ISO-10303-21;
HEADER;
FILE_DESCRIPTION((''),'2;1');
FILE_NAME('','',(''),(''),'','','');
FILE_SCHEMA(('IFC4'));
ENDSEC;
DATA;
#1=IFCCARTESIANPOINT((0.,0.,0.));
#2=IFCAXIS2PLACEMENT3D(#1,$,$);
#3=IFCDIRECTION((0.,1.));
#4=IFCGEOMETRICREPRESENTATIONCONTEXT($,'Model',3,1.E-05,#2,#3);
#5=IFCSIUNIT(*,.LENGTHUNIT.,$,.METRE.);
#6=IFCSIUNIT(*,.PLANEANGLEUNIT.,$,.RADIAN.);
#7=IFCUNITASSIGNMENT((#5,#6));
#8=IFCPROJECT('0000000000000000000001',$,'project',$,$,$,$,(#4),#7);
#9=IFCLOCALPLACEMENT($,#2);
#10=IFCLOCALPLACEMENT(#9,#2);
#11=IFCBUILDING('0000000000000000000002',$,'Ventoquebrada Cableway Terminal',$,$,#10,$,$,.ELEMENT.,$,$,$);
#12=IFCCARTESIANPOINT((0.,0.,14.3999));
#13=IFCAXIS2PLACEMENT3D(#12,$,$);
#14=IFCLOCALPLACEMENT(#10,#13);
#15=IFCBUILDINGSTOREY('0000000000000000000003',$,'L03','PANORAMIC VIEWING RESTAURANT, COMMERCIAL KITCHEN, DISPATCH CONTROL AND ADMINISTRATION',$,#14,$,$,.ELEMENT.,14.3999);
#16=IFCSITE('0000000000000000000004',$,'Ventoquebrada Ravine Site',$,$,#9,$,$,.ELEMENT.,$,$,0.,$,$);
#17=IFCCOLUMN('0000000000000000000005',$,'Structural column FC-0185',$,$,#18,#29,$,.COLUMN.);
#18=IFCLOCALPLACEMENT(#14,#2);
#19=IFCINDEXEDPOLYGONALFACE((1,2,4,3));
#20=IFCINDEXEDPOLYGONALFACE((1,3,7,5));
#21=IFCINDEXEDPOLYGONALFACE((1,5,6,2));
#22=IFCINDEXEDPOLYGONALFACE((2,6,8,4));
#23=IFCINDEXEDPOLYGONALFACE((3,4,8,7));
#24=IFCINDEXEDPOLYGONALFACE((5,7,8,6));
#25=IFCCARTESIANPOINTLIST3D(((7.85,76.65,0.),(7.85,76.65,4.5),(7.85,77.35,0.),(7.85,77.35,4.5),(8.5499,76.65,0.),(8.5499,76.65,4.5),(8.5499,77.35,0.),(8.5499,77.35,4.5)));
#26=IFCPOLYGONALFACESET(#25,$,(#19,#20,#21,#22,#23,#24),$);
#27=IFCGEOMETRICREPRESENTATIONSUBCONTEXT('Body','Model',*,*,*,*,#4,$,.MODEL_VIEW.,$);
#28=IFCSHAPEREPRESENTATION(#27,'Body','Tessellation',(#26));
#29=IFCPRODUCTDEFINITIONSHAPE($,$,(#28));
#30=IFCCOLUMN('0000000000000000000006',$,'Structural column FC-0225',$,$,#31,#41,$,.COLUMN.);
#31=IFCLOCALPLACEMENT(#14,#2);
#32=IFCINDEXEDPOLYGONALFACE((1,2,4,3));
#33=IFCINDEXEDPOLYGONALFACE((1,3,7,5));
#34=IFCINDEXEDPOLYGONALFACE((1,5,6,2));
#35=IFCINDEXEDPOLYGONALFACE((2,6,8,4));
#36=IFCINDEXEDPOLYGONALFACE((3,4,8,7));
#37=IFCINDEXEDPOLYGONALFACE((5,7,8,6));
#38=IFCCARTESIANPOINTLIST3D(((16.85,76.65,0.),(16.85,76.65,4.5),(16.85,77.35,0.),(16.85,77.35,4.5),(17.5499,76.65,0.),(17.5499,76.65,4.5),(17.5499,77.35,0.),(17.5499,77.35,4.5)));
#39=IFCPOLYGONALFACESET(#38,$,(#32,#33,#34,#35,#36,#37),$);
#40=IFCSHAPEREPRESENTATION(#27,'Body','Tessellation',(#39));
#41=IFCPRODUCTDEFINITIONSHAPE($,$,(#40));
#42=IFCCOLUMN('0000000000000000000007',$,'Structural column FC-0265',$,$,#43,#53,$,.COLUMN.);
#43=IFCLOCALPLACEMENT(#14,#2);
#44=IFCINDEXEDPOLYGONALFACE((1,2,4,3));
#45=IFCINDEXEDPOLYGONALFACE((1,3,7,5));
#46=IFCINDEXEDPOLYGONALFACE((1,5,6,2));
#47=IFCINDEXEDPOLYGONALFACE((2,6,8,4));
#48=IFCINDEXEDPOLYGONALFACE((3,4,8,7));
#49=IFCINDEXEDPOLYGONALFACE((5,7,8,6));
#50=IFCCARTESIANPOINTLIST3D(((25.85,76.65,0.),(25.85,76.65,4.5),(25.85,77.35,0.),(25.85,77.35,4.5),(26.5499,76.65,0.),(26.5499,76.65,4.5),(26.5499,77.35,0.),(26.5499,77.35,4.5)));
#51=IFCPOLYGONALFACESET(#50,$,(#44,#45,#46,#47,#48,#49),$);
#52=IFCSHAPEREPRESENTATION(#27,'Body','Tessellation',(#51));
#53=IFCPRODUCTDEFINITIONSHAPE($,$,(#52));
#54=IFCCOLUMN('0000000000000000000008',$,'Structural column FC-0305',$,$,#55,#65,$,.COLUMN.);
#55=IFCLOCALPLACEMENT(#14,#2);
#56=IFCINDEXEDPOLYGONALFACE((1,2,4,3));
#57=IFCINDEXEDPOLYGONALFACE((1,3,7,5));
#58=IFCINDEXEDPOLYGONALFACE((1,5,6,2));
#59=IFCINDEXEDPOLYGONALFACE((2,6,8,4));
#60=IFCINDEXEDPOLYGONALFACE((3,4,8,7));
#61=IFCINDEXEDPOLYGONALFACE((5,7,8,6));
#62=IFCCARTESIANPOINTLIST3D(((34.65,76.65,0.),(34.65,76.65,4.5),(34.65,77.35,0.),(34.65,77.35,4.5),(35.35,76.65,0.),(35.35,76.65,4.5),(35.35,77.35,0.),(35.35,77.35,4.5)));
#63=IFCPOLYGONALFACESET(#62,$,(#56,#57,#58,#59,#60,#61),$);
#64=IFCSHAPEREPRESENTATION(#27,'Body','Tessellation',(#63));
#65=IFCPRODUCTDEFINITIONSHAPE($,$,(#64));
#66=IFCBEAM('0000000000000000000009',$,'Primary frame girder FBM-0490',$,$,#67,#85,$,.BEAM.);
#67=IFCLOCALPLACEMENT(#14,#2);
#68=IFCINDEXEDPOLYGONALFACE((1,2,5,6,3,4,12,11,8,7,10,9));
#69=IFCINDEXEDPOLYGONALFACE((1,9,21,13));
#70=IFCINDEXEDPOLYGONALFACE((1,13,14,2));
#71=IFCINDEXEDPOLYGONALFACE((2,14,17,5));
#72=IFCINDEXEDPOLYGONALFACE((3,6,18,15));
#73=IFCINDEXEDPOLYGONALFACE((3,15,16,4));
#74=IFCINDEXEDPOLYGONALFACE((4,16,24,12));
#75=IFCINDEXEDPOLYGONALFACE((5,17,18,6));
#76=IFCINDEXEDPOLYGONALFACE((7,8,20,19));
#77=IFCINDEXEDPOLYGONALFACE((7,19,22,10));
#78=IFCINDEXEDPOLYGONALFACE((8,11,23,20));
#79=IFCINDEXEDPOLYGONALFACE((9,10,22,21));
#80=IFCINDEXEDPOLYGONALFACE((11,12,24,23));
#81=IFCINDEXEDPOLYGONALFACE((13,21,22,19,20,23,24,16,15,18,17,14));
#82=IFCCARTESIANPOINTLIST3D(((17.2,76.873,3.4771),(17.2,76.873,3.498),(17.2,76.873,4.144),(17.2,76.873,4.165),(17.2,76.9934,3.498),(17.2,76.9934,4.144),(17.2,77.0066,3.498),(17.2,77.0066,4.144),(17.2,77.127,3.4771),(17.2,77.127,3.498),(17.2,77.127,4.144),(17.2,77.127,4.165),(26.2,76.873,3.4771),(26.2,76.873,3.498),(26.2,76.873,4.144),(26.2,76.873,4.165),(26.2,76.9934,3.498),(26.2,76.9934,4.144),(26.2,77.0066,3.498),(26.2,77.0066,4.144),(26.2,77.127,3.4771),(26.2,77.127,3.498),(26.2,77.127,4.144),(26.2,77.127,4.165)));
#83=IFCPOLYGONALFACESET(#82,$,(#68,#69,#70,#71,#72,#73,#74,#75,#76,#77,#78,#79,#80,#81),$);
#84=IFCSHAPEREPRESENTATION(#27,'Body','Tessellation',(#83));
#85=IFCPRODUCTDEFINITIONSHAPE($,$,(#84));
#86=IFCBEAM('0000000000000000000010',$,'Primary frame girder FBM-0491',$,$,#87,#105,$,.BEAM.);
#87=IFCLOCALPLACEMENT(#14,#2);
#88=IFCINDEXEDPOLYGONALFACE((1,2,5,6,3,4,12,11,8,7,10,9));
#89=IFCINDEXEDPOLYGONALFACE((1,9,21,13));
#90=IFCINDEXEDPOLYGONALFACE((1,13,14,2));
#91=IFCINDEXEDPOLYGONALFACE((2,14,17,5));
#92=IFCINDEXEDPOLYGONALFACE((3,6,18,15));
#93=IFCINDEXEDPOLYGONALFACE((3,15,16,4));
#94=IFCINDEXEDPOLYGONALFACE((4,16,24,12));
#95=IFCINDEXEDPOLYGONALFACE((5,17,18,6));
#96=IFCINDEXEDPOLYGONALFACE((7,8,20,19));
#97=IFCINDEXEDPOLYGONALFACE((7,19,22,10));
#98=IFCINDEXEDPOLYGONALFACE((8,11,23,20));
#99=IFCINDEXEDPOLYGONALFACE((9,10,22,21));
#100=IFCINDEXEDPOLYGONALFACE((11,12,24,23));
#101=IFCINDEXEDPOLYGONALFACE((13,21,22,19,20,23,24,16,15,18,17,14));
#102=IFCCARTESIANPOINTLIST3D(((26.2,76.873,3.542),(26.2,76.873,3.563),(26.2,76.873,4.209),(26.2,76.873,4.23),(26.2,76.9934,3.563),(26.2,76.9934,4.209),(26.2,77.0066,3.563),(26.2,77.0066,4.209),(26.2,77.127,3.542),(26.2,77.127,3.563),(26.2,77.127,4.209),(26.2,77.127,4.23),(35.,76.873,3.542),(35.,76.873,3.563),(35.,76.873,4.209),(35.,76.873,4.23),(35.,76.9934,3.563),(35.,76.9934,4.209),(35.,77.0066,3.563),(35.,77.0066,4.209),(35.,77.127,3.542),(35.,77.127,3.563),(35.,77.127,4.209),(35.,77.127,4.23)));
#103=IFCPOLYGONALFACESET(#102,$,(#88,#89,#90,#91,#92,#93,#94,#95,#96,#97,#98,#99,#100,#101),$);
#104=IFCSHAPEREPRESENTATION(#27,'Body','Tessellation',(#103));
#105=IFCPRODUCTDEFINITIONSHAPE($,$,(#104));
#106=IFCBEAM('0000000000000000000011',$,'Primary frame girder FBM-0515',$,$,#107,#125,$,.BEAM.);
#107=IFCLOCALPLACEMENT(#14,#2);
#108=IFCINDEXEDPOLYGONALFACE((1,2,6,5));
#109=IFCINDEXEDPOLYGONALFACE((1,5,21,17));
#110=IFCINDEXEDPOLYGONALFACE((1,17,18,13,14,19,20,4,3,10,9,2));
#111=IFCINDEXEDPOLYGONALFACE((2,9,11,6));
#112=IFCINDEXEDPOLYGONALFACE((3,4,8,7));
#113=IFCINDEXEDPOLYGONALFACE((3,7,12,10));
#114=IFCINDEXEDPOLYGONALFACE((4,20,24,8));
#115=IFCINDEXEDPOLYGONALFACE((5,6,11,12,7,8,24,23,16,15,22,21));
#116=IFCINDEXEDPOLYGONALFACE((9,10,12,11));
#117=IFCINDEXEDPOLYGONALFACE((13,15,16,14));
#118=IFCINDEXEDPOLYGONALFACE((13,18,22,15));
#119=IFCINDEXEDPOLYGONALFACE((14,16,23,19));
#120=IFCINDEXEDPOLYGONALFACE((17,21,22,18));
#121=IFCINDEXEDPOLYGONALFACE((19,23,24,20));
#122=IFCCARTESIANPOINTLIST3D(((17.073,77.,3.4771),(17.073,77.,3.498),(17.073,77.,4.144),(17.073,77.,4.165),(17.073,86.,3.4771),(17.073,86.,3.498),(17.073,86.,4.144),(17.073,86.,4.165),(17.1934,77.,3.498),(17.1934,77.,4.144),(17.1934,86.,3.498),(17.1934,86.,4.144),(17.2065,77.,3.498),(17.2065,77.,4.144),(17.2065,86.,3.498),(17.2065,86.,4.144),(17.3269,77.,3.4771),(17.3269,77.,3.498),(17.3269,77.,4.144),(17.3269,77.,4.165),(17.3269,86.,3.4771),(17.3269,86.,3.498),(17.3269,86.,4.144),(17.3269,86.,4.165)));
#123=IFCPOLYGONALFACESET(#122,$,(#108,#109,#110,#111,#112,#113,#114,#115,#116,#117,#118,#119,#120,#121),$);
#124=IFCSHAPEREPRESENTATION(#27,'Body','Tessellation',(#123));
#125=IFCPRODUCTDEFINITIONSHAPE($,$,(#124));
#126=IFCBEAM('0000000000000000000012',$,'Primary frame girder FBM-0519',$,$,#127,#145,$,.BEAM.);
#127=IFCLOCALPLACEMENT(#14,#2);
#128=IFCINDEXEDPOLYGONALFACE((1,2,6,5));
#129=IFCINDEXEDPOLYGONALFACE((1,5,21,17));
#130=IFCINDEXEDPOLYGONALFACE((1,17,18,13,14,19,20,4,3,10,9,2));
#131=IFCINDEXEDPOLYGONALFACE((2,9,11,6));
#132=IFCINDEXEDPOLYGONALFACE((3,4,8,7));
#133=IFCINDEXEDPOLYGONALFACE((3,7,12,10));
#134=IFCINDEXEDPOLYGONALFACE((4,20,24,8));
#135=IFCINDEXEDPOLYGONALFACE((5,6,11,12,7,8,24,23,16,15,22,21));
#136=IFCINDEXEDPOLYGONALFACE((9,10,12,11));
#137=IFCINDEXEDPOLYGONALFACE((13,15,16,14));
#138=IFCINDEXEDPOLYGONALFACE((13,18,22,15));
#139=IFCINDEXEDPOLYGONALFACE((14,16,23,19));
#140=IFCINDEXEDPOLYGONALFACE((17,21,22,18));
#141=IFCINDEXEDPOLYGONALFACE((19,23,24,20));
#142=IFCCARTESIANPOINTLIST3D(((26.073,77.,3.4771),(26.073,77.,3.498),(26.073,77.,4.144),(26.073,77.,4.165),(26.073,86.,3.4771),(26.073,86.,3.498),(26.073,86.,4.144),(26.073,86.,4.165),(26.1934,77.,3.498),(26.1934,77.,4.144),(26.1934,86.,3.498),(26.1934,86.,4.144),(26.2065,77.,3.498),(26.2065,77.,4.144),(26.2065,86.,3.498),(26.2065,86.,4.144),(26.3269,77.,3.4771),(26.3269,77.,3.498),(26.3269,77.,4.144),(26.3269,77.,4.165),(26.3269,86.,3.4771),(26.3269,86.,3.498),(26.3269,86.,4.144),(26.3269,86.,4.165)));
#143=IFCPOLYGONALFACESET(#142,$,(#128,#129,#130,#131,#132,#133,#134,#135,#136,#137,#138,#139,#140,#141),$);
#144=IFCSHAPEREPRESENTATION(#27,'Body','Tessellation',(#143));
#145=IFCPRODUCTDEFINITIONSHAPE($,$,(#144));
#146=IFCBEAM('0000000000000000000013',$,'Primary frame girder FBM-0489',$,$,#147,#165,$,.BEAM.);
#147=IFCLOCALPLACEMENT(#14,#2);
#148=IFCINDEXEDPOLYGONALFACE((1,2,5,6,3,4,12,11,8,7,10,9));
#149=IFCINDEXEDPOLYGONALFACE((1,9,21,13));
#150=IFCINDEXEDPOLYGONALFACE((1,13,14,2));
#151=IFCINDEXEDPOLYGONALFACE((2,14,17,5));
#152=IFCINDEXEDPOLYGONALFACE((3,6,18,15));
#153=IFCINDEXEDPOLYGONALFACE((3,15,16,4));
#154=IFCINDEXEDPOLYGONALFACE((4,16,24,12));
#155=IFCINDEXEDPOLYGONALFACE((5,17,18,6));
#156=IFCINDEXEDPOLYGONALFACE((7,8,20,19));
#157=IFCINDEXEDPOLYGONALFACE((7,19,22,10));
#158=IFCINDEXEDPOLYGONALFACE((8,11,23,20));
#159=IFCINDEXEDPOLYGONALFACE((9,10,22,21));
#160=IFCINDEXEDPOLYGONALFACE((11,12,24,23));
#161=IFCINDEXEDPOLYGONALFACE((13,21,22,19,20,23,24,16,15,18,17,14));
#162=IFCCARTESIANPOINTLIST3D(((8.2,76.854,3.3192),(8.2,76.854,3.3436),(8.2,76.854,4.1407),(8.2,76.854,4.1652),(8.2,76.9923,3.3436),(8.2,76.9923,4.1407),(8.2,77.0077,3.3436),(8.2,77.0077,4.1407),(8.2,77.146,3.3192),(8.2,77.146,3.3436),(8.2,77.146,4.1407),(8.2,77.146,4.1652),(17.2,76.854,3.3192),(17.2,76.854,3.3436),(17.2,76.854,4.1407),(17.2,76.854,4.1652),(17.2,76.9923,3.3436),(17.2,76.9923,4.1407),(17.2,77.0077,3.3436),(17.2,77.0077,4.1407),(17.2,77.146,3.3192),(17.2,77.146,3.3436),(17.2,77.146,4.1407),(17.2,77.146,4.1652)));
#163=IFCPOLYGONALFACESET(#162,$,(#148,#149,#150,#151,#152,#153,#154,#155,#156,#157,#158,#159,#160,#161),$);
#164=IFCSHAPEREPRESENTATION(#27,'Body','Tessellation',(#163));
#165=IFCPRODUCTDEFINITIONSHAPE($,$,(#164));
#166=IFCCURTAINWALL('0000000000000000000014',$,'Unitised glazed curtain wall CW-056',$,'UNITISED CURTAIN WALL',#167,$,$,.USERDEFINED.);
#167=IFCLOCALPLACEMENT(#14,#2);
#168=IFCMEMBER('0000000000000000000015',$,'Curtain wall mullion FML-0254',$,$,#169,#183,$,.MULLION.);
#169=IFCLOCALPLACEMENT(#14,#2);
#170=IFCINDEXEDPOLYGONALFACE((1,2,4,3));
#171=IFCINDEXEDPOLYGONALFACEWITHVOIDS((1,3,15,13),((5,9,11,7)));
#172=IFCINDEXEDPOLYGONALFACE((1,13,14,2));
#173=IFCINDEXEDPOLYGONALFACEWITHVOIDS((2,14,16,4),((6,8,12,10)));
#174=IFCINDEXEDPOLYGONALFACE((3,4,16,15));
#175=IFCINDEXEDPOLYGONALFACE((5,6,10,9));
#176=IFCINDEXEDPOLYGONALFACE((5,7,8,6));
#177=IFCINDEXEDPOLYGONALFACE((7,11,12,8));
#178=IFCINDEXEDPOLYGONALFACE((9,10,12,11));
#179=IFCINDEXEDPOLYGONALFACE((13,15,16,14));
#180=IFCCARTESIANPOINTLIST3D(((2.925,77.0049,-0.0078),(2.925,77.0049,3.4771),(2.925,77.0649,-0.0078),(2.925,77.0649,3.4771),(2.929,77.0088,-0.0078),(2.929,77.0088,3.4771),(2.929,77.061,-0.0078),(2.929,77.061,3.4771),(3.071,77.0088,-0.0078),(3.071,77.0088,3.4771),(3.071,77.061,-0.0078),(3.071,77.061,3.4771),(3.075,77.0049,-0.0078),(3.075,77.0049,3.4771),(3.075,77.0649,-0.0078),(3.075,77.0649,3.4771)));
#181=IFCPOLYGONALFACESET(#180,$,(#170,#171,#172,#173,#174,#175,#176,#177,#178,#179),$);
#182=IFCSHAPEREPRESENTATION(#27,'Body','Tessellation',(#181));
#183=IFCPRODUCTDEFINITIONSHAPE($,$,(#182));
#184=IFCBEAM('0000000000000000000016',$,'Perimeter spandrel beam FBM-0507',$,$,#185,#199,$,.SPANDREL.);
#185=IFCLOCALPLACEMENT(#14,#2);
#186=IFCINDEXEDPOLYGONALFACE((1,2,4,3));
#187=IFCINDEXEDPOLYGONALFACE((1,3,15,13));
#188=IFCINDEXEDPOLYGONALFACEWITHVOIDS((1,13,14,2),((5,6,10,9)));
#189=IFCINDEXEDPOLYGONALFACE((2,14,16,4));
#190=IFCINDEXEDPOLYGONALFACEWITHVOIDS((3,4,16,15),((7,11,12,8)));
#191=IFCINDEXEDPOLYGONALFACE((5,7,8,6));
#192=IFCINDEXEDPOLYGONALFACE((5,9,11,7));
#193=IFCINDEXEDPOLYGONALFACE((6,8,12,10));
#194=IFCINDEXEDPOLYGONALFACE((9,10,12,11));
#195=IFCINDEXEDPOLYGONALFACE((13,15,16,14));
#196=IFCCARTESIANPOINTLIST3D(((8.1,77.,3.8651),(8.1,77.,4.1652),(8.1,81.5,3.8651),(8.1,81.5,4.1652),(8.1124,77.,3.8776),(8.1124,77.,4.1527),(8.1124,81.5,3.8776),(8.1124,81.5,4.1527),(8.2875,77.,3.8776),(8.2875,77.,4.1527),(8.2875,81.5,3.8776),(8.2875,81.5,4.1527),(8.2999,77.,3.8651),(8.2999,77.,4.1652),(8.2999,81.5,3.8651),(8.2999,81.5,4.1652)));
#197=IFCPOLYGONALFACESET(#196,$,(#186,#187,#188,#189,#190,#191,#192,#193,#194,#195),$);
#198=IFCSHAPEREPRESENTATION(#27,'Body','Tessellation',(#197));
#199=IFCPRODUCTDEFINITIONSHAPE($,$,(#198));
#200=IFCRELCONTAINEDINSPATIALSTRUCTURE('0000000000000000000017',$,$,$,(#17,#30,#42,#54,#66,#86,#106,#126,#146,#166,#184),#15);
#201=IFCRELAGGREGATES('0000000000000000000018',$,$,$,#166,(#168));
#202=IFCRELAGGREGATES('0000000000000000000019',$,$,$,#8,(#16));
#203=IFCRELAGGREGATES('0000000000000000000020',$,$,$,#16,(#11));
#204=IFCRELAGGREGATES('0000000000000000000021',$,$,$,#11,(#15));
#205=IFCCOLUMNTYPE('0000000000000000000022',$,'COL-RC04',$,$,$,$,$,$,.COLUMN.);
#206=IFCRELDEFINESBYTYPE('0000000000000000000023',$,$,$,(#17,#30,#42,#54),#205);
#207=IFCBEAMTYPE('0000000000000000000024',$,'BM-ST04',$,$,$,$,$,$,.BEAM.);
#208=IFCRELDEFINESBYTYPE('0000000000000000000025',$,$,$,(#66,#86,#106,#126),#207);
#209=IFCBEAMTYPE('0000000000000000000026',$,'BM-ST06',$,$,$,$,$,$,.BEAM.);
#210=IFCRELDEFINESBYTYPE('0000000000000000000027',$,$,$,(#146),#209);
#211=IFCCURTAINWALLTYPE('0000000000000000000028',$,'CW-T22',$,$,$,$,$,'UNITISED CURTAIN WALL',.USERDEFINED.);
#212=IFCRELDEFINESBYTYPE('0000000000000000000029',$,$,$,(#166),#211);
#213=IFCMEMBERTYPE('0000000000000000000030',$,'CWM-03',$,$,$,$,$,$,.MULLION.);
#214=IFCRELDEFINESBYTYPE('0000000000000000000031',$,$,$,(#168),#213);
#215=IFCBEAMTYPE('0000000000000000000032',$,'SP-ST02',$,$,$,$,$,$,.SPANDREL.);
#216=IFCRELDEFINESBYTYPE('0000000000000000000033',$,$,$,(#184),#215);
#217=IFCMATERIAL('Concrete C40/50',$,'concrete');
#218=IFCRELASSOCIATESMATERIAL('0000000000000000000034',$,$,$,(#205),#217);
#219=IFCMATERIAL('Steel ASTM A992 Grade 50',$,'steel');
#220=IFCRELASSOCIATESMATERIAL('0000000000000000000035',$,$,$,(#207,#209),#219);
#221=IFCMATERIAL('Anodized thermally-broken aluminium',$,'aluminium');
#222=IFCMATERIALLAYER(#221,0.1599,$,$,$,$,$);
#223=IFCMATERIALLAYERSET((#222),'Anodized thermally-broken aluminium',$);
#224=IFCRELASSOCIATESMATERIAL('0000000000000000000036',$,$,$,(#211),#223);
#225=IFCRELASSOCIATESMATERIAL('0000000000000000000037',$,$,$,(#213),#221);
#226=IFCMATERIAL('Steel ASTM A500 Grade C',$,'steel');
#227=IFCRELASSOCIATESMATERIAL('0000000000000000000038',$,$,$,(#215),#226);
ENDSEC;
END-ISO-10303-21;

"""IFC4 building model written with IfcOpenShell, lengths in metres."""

from ifc_helpers import new_model, si_unit, direction, frame, origin, origin_2d, place, context, subcontext, project, spatial, rectangle, hollow_rectangle, i_section, extrude, material, layer, layer_set, material_profile, profile_set, type_object, element, aggregate, save


model = new_model("IFC4")

# Units and contexts
model_context = context("Model", 3, precision=1e-05, world=origin(), true_north=direction((0.0, 1.0)))
body_context = subcontext(model_context, "Body", "Model", "MODEL_VIEW")
ifc_project = project(units=[si_unit("LENGTHUNIT", "METRE"), si_unit("PLANEANGLEUNIT", "RADIAN")], contexts=[model_context])

# Site, building, storey
site_placement = place(None, origin())
site = spatial("IfcSite", under=ifc_project, at=site_placement, Name="Ventoquebrada Ravine Site", CompositionType="ELEMENT", RefElevation=0.0)
building_placement = place(site_placement, origin())
building = spatial("IfcBuilding", under=site, at=building_placement, Name="Ventoquebrada Cableway Terminal", CompositionType="ELEMENT")
storey_placement = place(building_placement, frame((0.0, 0.0, 14.3999)))
storey = spatial("IfcBuildingStorey", under=building, at=storey_placement, Name="L03", Description="PANORAMIC VIEWING RESTAURANT, COMMERCIAL KITCHEN, DISPATCH CONTROL AND ADMINISTRATION", CompositionType="ELEMENT", Elevation=14.3999)

# Columns
ifc_material_1 = material(Name="Concrete C40/50", Category="concrete")
ifc_material_profile_1 = material_profile(ifc_material_1, rectangle(XDim=0.7, YDim=0.7, at=origin_2d()), Name="RC-COL-700X700")
ifc_profile_set_1 = profile_set([ifc_material_profile_1], Name="Concrete C40/50")
column_type = type_object("IfcColumnType", Name="COL-RC04", PredefinedType="COLUMN", material=ifc_profile_set_1)
for number, where, z_axis, x_axis, name in (
    (1, (8.2, 77.0, 0.0), (0.0, 0.0, 1.0), (1.0, 0.0, 0.0), "Structural column FC-0185"),
    (2, (17.2, 77.0, 0.0), (0.0, 0.0, 1.0), (1.0, 0.0, 0.0), "Structural column FC-0225"),
    (3, (26.2, 77.0, 0.0), (0.0, 0.0, 1.0), (1.0, 0.0, 0.0), "Structural column FC-0265"),
    (4, (35.0, 77.0, 0.0), (0.0, 0.0, 1.0), (1.0, 0.0, 0.0), "Structural column FC-0305"),
):
    element("IfcColumn", number, at=place(storey_placement, frame(where, z_axis=z_axis, x_axis=x_axis)), inside=storey, type_object=column_type, Name=name, PredefinedType="COLUMN", context=body_context, shape_type="SweptSolid", body=[
        extrude(rectangle(XDim=0.7, YDim=0.7, at=origin_2d()), origin(), (0.0, 0.0, 1.0), 4.5),
    ])

# Beams
ifc_material_2 = material(Name="Steel ASTM A992 Grade 50", Category="steel")
ifc_material_profile_2 = material_profile(ifc_material_2, i_section(OverallWidth=0.2539, OverallDepth=0.688, WebThickness=0.0132, FlangeThickness=0.021, at=origin_2d()), Name="W27X102")
ifc_profile_set_2 = profile_set([ifc_material_profile_2], Name="Steel ASTM A992 Grade 50")
beam_type_1 = type_object("IfcBeamType", Name="BM-ST04", PredefinedType="BEAM", material=ifc_profile_set_2)
beam_1_placement = place(storey_placement, frame((17.2, 77.0, 3.821), z_axis=(1.0, 0.0, 0.0), x_axis=(0.0, 1.0, 0.0)))
element("IfcBeam", 5, at=beam_1_placement, inside=storey, type_object=beam_type_1, Name="Primary frame girder FBM-0490", PredefinedType="BEAM", context=body_context, shape_type="SweptSolid", body=[
    extrude(i_section(OverallWidth=0.2539, OverallDepth=0.688, WebThickness=0.0132, FlangeThickness=0.021, at=origin_2d()), origin(), (0.0, 0.0, 1.0), 9.0),
])
beam_2_placement = place(storey_placement, frame((26.2, 77.0, 3.886), z_axis=(1.0, 0.0, 0.0), x_axis=(0.0, 1.0, 0.0)))
element("IfcBeam", 6, at=beam_2_placement, inside=storey, type_object=beam_type_1, Name="Primary frame girder FBM-0491", PredefinedType="BEAM", context=body_context, shape_type="SweptSolid", body=[
    extrude(i_section(OverallWidth=0.2539, OverallDepth=0.688, WebThickness=0.0132, FlangeThickness=0.021, at=origin_2d()), origin(), (0.0, 0.0, 1.0), 8.8),
])
for number, where, z_axis, x_axis, name in (
    (7, (17.2, 77.0, 3.821), (0.0, 1.0, 0.0), (-1.0, 0.0, 0.0), "Primary frame girder FBM-0515"),
    (8, (26.2, 77.0, 3.821), (0.0, 1.0, 0.0), (-1.0, 0.0, 0.0), "Primary frame girder FBM-0519"),
):
    element("IfcBeam", number, at=place(storey_placement, frame(where, z_axis=z_axis, x_axis=x_axis)), inside=storey, type_object=beam_type_1, Name=name, PredefinedType="BEAM", context=body_context, shape_type="SweptSolid", body=[
        extrude(i_section(OverallWidth=0.2539, OverallDepth=0.688, WebThickness=0.0132, FlangeThickness=0.021, at=origin_2d()), origin(), (0.0, 0.0, 1.0), 9.0),
    ])
ifc_material_profile_3 = material_profile(ifc_material_2, i_section(OverallWidth=0.292, OverallDepth=0.8459, WebThickness=0.0154, FlangeThickness=0.0244, at=origin_2d()), Name="W33X141")
ifc_profile_set_3 = profile_set([ifc_material_profile_3], Name="Steel ASTM A992 Grade 50")
beam_type_2 = type_object("IfcBeamType", Name="BM-ST06", PredefinedType="BEAM", material=ifc_profile_set_3)
beam_3_placement = place(storey_placement, frame((8.2, 77.0, 3.7422), z_axis=(1.0, 0.0, 0.0), x_axis=(0.0, 1.0, 0.0)))
element("IfcBeam", 9, at=beam_3_placement, inside=storey, type_object=beam_type_2, Name="Primary frame girder FBM-0489", PredefinedType="BEAM", context=body_context, shape_type="SweptSolid", body=[
    extrude(i_section(OverallWidth=0.292, OverallDepth=0.8459, WebThickness=0.0154, FlangeThickness=0.0244, at=origin_2d()), origin(), (0.0, 0.0, 1.0), 9.0),
])

# Curtain wall, member
ifc_material_3 = material(Name="Anodized thermally-broken aluminium", Category="aluminium")
ifc_layer_1 = layer(ifc_material_3, 0.1599)
ifc_layer_set_1 = layer_set([ifc_layer_1], Name="Anodized thermally-broken aluminium")
curtain_wall_type = type_object("IfcCurtainWallType", Name="CW-T22", ElementType="UNITISED CURTAIN WALL", PredefinedType="USERDEFINED", material=ifc_layer_set_1)
curtain_wall_placement = place(storey_placement, origin())
curtain_wall = element("IfcCurtainWall", 10, at=curtain_wall_placement, inside=storey, type_object=curtain_wall_type, Name="Unitised glazed curtain wall CW-056", ObjectType="UNITISED CURTAIN WALL", PredefinedType="USERDEFINED")
ifc_material_profile_4 = material_profile(ifc_material_3, hollow_rectangle(XDim=0.0601, YDim=0.1499, WallThickness=0.0039, at=origin_2d()), Name="CW-MUL-60X150")
ifc_profile_set_4 = profile_set([ifc_material_profile_4], Name="Anodized thermally-broken aluminium")
member_type_1 = type_object("IfcMemberType", Name="CWM-03", PredefinedType="MULLION", material=ifc_profile_set_4)
member_1_placement = place(storey_placement, frame((3.0, 77.0349, -0.0078), z_axis=(0.0, 0.0, 1.0), x_axis=(0.0, -1.0, 0.0)))
member_1 = element("IfcMember", 11, at=member_1_placement, type_object=member_type_1, Name="Curtain wall mullion FML-0254", PredefinedType="MULLION", context=body_context, shape_type="SweptSolid", body=[
    extrude(hollow_rectangle(XDim=0.0601, YDim=0.1499, WallThickness=0.0039, at=origin_2d()), origin(), (0.0, 0.0, 1.0), 3.4849),
])
aggregate(curtain_wall, [member_1])

# Beam
ifc_material_4 = material(Name="Steel ASTM A500 Grade C", Category="steel")
ifc_material_profile_5 = material_profile(ifc_material_4, hollow_rectangle(XDim=0.2, YDim=0.3, WallThickness=0.0125, at=origin_2d()), Name="RHS300X200X12.5")
ifc_profile_set_5 = profile_set([ifc_material_profile_5], Name="Steel ASTM A500 Grade C")
beam_type_3 = type_object("IfcBeamType", Name="SP-ST02", PredefinedType="SPANDREL", material=ifc_profile_set_5)
for number, where, z_axis, x_axis, name in (
    (12, (8.2, 77.0, 4.0151), (0.0, 1.0, 0.0), (-1.0, 0.0, 0.0), "Perimeter spandrel beam FBM-0507"),
):
    element("IfcBeam", number, at=place(storey_placement, frame(where, z_axis=z_axis, x_axis=x_axis)), inside=storey, type_object=beam_type_3, Name=name, PredefinedType="SPANDREL", context=body_context, shape_type="SweptSolid", body=[
        extrude(hollow_rectangle(XDim=0.2, YDim=0.3, WallThickness=0.0125, at=origin_2d()), origin(), (0.0, 0.0, 1.0), 4.5),
    ])

save(model, "model.ifc")
